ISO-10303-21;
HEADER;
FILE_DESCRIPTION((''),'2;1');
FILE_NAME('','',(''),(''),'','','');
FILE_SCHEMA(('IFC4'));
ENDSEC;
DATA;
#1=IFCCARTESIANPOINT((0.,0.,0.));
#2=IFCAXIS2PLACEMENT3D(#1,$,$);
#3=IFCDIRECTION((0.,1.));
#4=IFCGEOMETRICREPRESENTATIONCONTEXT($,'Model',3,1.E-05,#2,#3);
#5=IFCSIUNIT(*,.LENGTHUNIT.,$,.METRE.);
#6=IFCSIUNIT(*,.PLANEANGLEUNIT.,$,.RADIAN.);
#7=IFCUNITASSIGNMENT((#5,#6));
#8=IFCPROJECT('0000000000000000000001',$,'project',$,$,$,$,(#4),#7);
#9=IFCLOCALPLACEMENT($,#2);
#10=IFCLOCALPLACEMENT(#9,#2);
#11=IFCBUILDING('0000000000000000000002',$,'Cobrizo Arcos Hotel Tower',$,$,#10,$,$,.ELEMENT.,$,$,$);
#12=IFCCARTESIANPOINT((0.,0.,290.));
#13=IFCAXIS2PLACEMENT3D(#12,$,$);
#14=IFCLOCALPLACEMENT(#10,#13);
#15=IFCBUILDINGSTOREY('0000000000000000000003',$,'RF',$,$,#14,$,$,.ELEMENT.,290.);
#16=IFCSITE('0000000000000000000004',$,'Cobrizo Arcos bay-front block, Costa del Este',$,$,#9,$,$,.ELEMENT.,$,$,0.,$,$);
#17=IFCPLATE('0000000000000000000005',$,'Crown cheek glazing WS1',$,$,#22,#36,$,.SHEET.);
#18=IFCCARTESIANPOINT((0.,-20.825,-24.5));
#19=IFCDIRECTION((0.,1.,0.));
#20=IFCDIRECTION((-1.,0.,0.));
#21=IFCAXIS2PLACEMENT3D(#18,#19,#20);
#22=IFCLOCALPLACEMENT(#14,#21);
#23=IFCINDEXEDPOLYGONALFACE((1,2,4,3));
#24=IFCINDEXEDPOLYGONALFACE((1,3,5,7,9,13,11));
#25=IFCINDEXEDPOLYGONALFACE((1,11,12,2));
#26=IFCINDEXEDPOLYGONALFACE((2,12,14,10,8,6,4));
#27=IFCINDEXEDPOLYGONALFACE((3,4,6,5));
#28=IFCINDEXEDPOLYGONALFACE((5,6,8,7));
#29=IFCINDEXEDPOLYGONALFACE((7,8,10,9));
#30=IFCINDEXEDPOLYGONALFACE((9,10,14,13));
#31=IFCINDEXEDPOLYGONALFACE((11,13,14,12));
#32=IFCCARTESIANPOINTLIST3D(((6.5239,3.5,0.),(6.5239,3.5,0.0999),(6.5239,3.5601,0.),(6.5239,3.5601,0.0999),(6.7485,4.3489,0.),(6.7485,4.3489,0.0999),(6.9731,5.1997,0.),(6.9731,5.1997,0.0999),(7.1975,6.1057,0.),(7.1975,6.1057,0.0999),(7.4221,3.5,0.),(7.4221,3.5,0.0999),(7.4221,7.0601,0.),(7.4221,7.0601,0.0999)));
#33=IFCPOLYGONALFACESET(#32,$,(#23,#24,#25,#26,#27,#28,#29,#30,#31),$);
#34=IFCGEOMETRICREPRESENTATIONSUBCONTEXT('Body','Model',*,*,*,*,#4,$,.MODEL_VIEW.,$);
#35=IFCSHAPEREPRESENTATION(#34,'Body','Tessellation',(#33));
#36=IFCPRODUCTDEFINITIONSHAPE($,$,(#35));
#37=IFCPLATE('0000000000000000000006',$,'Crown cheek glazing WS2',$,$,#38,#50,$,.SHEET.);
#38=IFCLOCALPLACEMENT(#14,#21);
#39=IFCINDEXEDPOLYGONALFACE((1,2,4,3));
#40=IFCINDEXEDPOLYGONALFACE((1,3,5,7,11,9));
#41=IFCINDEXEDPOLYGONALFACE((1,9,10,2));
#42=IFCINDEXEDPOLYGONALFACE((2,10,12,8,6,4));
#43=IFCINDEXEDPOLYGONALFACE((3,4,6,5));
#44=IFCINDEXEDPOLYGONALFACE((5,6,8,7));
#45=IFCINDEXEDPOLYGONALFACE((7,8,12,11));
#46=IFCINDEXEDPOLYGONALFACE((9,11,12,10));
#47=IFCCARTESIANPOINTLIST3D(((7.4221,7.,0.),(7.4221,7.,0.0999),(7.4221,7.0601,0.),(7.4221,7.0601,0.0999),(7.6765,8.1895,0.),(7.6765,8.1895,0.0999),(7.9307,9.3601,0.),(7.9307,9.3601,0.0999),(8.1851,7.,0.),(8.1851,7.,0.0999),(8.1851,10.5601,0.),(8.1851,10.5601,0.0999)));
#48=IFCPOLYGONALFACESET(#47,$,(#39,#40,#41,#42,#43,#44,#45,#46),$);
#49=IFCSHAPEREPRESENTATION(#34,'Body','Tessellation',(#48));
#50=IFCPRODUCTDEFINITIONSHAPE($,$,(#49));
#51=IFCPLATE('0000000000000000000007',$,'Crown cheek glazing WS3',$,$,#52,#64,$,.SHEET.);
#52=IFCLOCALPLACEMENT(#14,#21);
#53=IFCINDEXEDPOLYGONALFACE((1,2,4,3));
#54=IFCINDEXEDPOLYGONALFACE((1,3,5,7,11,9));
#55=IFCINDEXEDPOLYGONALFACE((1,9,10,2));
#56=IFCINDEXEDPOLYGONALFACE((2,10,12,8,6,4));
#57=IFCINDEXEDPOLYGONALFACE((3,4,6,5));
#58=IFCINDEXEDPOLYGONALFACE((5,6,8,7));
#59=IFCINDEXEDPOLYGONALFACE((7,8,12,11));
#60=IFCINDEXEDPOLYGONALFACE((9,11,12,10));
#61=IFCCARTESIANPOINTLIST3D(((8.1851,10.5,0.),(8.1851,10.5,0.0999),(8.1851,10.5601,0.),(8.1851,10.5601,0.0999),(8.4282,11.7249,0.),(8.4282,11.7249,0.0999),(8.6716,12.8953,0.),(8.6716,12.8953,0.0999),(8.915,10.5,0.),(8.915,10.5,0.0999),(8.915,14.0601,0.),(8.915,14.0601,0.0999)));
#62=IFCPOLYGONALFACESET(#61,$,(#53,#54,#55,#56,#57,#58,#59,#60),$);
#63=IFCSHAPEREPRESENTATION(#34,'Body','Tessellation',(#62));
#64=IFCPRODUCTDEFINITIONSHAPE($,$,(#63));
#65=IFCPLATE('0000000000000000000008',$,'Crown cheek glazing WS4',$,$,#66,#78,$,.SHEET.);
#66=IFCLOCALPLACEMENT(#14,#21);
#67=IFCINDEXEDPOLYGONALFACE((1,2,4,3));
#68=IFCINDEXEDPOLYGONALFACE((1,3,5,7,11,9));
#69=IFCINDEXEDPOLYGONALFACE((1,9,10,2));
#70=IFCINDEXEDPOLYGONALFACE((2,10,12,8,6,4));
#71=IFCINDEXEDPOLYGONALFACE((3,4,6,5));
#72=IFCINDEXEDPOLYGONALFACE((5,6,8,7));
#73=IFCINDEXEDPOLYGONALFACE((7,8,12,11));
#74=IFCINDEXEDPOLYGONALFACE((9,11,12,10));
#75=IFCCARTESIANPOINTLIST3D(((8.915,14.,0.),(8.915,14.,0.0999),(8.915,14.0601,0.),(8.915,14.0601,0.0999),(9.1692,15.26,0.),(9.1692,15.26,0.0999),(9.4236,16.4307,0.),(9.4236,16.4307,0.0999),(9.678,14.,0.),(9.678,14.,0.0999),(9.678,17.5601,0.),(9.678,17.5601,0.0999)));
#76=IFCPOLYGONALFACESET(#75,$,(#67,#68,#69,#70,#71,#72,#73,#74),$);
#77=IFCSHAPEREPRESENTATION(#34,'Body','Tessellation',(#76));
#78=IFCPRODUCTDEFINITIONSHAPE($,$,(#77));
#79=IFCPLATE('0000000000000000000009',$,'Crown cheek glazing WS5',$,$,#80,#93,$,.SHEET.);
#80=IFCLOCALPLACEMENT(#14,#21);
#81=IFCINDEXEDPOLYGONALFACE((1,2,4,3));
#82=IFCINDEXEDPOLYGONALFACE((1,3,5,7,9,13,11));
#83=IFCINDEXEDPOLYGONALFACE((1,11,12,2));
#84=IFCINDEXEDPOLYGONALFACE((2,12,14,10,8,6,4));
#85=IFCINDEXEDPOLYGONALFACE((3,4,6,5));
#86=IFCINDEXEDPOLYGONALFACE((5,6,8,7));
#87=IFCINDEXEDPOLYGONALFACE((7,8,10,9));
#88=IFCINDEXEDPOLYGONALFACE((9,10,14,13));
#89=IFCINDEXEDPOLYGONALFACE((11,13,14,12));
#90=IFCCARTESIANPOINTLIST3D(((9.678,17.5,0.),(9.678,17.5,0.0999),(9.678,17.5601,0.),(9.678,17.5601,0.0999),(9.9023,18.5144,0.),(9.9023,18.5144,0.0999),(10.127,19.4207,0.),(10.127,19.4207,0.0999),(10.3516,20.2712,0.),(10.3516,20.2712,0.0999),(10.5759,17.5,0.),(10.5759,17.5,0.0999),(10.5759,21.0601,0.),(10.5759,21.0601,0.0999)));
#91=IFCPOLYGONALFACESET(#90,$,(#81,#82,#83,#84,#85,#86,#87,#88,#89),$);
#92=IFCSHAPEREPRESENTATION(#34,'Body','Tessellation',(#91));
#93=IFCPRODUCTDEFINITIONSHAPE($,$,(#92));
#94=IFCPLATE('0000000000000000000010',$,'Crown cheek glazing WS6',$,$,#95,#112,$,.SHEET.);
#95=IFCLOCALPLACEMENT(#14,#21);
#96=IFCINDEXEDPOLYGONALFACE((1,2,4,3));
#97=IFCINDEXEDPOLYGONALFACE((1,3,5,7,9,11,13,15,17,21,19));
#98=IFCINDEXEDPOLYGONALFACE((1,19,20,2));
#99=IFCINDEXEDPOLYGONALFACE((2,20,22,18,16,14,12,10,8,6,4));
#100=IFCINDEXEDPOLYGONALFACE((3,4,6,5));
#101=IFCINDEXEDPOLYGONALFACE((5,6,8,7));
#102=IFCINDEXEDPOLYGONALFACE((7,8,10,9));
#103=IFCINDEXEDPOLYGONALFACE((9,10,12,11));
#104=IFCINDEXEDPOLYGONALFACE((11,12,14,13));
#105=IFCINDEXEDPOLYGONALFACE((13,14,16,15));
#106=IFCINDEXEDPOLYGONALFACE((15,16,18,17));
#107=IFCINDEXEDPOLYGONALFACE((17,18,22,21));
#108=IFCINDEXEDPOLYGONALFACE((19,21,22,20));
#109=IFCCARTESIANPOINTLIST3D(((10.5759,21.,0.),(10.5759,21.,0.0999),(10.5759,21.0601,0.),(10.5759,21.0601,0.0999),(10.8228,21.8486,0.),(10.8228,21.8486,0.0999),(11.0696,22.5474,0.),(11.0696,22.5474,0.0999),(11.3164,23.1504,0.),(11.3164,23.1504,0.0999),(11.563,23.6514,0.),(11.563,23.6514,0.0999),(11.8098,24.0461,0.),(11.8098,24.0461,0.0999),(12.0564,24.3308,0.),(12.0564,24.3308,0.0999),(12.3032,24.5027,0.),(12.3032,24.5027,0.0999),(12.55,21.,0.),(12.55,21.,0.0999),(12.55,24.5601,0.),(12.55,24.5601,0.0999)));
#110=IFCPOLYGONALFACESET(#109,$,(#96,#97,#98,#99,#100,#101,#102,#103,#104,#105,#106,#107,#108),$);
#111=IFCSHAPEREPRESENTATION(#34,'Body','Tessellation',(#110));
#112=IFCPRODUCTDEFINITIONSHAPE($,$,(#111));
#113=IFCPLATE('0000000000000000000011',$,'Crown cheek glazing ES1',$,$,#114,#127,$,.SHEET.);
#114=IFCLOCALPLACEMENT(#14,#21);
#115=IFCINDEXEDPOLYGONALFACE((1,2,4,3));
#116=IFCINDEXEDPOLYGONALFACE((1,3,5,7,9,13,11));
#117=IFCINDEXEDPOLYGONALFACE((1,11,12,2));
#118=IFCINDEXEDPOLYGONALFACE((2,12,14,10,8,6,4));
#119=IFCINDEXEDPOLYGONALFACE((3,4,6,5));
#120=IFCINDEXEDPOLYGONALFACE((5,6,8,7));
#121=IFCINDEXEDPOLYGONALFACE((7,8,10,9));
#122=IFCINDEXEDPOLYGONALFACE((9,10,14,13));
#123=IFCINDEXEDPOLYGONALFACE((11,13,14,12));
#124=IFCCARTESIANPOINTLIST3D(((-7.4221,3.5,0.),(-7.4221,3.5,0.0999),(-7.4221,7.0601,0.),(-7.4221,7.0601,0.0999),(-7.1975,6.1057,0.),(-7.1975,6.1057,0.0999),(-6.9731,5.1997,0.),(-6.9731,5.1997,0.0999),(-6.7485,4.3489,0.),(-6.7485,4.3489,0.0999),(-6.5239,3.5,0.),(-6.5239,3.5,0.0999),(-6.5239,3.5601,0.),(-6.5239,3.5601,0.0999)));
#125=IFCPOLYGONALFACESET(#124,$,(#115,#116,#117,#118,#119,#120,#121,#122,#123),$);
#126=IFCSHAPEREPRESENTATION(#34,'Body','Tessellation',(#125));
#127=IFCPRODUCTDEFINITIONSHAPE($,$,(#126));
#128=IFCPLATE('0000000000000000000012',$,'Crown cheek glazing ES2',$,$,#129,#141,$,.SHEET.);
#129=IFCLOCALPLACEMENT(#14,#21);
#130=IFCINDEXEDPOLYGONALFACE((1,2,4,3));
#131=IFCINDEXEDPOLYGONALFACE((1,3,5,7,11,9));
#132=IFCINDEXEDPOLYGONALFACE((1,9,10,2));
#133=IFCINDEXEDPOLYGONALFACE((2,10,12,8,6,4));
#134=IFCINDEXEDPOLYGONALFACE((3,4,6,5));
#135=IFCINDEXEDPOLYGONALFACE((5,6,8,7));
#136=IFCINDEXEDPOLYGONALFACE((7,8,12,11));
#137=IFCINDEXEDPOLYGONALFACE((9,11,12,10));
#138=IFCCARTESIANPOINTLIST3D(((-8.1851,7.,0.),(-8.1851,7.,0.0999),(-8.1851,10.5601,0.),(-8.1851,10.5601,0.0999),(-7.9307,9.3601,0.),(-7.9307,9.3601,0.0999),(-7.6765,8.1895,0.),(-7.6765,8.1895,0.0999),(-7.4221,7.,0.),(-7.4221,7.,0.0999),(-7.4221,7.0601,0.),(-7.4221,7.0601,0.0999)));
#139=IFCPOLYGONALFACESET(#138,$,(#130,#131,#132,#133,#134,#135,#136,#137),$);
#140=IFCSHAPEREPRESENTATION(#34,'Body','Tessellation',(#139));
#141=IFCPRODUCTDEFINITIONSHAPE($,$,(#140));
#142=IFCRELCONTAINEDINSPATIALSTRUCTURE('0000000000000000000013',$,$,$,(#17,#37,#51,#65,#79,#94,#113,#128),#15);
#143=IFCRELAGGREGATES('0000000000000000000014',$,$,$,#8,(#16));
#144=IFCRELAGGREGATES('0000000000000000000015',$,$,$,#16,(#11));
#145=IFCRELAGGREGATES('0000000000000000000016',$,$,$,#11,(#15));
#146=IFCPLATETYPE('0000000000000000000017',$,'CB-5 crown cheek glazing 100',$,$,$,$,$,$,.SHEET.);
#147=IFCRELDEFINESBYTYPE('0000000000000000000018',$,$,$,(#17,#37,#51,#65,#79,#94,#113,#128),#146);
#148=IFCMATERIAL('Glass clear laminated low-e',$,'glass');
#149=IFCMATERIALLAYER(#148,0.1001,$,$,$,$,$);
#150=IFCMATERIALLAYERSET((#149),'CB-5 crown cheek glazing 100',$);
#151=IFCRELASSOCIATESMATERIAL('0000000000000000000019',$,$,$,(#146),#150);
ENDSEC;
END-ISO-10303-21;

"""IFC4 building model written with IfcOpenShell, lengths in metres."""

from ifc_helpers import new_model, si_unit, direction, frame, origin, place, context, subcontext, project, spatial, polyline, outline, extrude, material, layer, layer_set, type_object, element, save


model = new_model("IFC4")

# Units and contexts
model_context = context("Model", 3, precision=1e-05, world=origin(), true_north=direction((0.0, 1.0)))
body_context = subcontext(model_context, "Body", "Model", "MODEL_VIEW")
ifc_project = project(units=[si_unit("LENGTHUNIT", "METRE"), si_unit("PLANEANGLEUNIT", "RADIAN")], contexts=[model_context])

# Site, building, storey
site_placement = place(None, origin())
site = spatial("IfcSite", under=ifc_project, at=site_placement, Name="Cobrizo Arcos bay-front block, Costa del Este", CompositionType="ELEMENT", RefElevation=0.0)
building_placement = place(site_placement, origin())
building = spatial("IfcBuilding", under=site, at=building_placement, Name="Cobrizo Arcos Hotel Tower", CompositionType="ELEMENT")
storey_placement = place(building_placement, frame((0.0, 0.0, 290.0)))
storey = spatial("IfcBuildingStorey", under=building, at=storey_placement, Name="RF", CompositionType="ELEMENT", Elevation=290.0)

# Plates
ifc_material_1 = material(Name="Glass clear laminated low-e", Category="glass")
ifc_layer_1 = layer(ifc_material_1, 0.1001)
ifc_layer_set_1 = layer_set([ifc_layer_1], Name="CB-5 crown cheek glazing 100")
plate_type_1 = type_object("IfcPlateType", Name="CB-5 crown cheek glazing 100", PredefinedType="SHEET", material=ifc_layer_set_1)
plate_1_placement = place(storey_placement, frame((0.0, -20.825, -24.5), z_axis=(0.0, 1.0, 0.0), x_axis=(-1.0, 0.0, 0.0)))
element("IfcPlate", 1, at=plate_1_placement, inside=storey, type_object=plate_type_1, Name="Crown cheek glazing WS1", PredefinedType="SHEET", context=body_context, shape_type="SweptSolid", body=[
    extrude(outline(polyline([(7.4221, 3.5), (7.4221, 7.0601), (7.1975, 6.1057), (6.9731, 5.1997), (6.7485, 4.3489), (6.5239, 3.5601), (6.5239, 3.5), (7.4221, 3.5)])), origin(), (0.0, 0.0, 1.0), 0.0999),
])
plate_2_placement = place(storey_placement, frame((0.0, -20.825, -24.5), z_axis=(0.0, 1.0, 0.0), x_axis=(-1.0, 0.0, 0.0)))
element("IfcPlate", 2, at=plate_2_placement, inside=storey, type_object=plate_type_1, Name="Crown cheek glazing WS2", PredefinedType="SHEET", context=body_context, shape_type="SweptSolid", body=[
    extrude(outline(polyline([(8.1851, 7.0), (8.1851, 10.5601), (7.9307, 9.3601), (7.6765, 8.1895), (7.4221, 7.0601), (7.4221, 7.0), (8.1851, 7.0)])), origin(), (0.0, 0.0, 1.0), 0.0999),
])
plate_3_placement = place(storey_placement, frame((0.0, -20.825, -24.5), z_axis=(0.0, 1.0, 0.0), x_axis=(-1.0, 0.0, 0.0)))
element("IfcPlate", 3, at=plate_3_placement, inside=storey, type_object=plate_type_1, Name="Crown cheek glazing WS3", PredefinedType="SHEET", context=body_context, shape_type="SweptSolid", body=[
    extrude(outline(polyline([(8.915, 10.5), (8.915, 14.0601), (8.6716, 12.8953), (8.4282, 11.7249), (8.1851, 10.5601), (8.1851, 10.5), (8.915, 10.5)])), origin(), (0.0, 0.0, 1.0), 0.0999),
])
plate_4_placement = place(storey_placement, frame((0.0, -20.825, -24.5), z_axis=(0.0, 1.0, 0.0), x_axis=(-1.0, 0.0, 0.0)))
element("IfcPlate", 4, at=plate_4_placement, inside=storey, type_object=plate_type_1, Name="Crown cheek glazing WS4", PredefinedType="SHEET", context=body_context, shape_type="SweptSolid", body=[
    extrude(outline(polyline([(9.678, 14.0), (9.678, 17.5601), (9.4236, 16.4307), (9.1692, 15.26), (8.915, 14.0601), (8.915, 14.0), (9.678, 14.0)])), origin(), (0.0, 0.0, 1.0), 0.0999),
])
plate_5_placement = place(storey_placement, frame((0.0, -20.825, -24.5), z_axis=(0.0, 1.0, 0.0), x_axis=(-1.0, 0.0, 0.0)))
element("IfcPlate", 5, at=plate_5_placement, inside=storey, type_object=plate_type_1, Name="Crown cheek glazing WS5", PredefinedType="SHEET", context=body_context, shape_type="SweptSolid", body=[
    extrude(outline(polyline([(10.5759, 17.5), (10.5759, 21.0601), (10.3516, 20.2712), (10.127, 19.4207), (9.9023, 18.5144), (9.678, 17.5601), (9.678, 17.5), (10.5759, 17.5)])), origin(), (0.0, 0.0, 1.0), 0.0999),
])
plate_6_placement = place(storey_placement, frame((0.0, -20.825, -24.5), z_axis=(0.0, 1.0, 0.0), x_axis=(-1.0, 0.0, 0.0)))
element("IfcPlate", 6, at=plate_6_placement, inside=storey, type_object=plate_type_1, Name="Crown cheek glazing WS6", PredefinedType="SHEET", context=body_context, shape_type="SweptSolid", body=[
    extrude(outline(polyline([(12.55, 21.0), (12.55, 24.5601), (12.3032, 24.5027), (12.0564, 24.3308), (11.8098, 24.0461), (11.563, 23.6514), (11.3164, 23.1504), (11.0696, 22.5474), (10.8228, 21.8486), (10.5759, 21.0601), (10.5759, 21.0), (12.55, 21.0)])), origin(), (0.0, 0.0, 1.0), 0.0999),
])
plate_7_placement = place(storey_placement, frame((0.0, -20.825, -24.5), z_axis=(0.0, 1.0, 0.0), x_axis=(-1.0, 0.0, 0.0)))
element("IfcPlate", 7, at=plate_7_placement, inside=storey, type_object=plate_type_1, Name="Crown cheek glazing ES1", PredefinedType="SHEET", context=body_context, shape_type="SweptSolid", body=[
    extrude(outline(polyline([(-6.5239, 3.5), (-6.5239, 3.5601), (-6.7485, 4.3489), (-6.9731, 5.1997), (-7.1975, 6.1057), (-7.4221, 7.0601), (-7.4221, 3.5), (-6.5239, 3.5)])), origin(), (0.0, 0.0, 1.0), 0.0999),
])
plate_8_placement = place(storey_placement, frame((0.0, -20.825, -24.5), z_axis=(0.0, 1.0, 0.0), x_axis=(-1.0, 0.0, 0.0)))
element("IfcPlate", 8, at=plate_8_placement, inside=storey, type_object=plate_type_1, Name="Crown cheek glazing ES2", PredefinedType="SHEET", context=body_context, shape_type="SweptSolid", body=[
    extrude(outline(polyline([(-7.4221, 7.0), (-7.4221, 7.0601), (-7.6765, 8.1895), (-7.9307, 9.3601), (-8.1851, 10.5601), (-8.1851, 7.0), (-7.4221, 7.0)])), origin(), (0.0, 0.0, 1.0), 0.0999),
])

save(model, "model.ifc")
